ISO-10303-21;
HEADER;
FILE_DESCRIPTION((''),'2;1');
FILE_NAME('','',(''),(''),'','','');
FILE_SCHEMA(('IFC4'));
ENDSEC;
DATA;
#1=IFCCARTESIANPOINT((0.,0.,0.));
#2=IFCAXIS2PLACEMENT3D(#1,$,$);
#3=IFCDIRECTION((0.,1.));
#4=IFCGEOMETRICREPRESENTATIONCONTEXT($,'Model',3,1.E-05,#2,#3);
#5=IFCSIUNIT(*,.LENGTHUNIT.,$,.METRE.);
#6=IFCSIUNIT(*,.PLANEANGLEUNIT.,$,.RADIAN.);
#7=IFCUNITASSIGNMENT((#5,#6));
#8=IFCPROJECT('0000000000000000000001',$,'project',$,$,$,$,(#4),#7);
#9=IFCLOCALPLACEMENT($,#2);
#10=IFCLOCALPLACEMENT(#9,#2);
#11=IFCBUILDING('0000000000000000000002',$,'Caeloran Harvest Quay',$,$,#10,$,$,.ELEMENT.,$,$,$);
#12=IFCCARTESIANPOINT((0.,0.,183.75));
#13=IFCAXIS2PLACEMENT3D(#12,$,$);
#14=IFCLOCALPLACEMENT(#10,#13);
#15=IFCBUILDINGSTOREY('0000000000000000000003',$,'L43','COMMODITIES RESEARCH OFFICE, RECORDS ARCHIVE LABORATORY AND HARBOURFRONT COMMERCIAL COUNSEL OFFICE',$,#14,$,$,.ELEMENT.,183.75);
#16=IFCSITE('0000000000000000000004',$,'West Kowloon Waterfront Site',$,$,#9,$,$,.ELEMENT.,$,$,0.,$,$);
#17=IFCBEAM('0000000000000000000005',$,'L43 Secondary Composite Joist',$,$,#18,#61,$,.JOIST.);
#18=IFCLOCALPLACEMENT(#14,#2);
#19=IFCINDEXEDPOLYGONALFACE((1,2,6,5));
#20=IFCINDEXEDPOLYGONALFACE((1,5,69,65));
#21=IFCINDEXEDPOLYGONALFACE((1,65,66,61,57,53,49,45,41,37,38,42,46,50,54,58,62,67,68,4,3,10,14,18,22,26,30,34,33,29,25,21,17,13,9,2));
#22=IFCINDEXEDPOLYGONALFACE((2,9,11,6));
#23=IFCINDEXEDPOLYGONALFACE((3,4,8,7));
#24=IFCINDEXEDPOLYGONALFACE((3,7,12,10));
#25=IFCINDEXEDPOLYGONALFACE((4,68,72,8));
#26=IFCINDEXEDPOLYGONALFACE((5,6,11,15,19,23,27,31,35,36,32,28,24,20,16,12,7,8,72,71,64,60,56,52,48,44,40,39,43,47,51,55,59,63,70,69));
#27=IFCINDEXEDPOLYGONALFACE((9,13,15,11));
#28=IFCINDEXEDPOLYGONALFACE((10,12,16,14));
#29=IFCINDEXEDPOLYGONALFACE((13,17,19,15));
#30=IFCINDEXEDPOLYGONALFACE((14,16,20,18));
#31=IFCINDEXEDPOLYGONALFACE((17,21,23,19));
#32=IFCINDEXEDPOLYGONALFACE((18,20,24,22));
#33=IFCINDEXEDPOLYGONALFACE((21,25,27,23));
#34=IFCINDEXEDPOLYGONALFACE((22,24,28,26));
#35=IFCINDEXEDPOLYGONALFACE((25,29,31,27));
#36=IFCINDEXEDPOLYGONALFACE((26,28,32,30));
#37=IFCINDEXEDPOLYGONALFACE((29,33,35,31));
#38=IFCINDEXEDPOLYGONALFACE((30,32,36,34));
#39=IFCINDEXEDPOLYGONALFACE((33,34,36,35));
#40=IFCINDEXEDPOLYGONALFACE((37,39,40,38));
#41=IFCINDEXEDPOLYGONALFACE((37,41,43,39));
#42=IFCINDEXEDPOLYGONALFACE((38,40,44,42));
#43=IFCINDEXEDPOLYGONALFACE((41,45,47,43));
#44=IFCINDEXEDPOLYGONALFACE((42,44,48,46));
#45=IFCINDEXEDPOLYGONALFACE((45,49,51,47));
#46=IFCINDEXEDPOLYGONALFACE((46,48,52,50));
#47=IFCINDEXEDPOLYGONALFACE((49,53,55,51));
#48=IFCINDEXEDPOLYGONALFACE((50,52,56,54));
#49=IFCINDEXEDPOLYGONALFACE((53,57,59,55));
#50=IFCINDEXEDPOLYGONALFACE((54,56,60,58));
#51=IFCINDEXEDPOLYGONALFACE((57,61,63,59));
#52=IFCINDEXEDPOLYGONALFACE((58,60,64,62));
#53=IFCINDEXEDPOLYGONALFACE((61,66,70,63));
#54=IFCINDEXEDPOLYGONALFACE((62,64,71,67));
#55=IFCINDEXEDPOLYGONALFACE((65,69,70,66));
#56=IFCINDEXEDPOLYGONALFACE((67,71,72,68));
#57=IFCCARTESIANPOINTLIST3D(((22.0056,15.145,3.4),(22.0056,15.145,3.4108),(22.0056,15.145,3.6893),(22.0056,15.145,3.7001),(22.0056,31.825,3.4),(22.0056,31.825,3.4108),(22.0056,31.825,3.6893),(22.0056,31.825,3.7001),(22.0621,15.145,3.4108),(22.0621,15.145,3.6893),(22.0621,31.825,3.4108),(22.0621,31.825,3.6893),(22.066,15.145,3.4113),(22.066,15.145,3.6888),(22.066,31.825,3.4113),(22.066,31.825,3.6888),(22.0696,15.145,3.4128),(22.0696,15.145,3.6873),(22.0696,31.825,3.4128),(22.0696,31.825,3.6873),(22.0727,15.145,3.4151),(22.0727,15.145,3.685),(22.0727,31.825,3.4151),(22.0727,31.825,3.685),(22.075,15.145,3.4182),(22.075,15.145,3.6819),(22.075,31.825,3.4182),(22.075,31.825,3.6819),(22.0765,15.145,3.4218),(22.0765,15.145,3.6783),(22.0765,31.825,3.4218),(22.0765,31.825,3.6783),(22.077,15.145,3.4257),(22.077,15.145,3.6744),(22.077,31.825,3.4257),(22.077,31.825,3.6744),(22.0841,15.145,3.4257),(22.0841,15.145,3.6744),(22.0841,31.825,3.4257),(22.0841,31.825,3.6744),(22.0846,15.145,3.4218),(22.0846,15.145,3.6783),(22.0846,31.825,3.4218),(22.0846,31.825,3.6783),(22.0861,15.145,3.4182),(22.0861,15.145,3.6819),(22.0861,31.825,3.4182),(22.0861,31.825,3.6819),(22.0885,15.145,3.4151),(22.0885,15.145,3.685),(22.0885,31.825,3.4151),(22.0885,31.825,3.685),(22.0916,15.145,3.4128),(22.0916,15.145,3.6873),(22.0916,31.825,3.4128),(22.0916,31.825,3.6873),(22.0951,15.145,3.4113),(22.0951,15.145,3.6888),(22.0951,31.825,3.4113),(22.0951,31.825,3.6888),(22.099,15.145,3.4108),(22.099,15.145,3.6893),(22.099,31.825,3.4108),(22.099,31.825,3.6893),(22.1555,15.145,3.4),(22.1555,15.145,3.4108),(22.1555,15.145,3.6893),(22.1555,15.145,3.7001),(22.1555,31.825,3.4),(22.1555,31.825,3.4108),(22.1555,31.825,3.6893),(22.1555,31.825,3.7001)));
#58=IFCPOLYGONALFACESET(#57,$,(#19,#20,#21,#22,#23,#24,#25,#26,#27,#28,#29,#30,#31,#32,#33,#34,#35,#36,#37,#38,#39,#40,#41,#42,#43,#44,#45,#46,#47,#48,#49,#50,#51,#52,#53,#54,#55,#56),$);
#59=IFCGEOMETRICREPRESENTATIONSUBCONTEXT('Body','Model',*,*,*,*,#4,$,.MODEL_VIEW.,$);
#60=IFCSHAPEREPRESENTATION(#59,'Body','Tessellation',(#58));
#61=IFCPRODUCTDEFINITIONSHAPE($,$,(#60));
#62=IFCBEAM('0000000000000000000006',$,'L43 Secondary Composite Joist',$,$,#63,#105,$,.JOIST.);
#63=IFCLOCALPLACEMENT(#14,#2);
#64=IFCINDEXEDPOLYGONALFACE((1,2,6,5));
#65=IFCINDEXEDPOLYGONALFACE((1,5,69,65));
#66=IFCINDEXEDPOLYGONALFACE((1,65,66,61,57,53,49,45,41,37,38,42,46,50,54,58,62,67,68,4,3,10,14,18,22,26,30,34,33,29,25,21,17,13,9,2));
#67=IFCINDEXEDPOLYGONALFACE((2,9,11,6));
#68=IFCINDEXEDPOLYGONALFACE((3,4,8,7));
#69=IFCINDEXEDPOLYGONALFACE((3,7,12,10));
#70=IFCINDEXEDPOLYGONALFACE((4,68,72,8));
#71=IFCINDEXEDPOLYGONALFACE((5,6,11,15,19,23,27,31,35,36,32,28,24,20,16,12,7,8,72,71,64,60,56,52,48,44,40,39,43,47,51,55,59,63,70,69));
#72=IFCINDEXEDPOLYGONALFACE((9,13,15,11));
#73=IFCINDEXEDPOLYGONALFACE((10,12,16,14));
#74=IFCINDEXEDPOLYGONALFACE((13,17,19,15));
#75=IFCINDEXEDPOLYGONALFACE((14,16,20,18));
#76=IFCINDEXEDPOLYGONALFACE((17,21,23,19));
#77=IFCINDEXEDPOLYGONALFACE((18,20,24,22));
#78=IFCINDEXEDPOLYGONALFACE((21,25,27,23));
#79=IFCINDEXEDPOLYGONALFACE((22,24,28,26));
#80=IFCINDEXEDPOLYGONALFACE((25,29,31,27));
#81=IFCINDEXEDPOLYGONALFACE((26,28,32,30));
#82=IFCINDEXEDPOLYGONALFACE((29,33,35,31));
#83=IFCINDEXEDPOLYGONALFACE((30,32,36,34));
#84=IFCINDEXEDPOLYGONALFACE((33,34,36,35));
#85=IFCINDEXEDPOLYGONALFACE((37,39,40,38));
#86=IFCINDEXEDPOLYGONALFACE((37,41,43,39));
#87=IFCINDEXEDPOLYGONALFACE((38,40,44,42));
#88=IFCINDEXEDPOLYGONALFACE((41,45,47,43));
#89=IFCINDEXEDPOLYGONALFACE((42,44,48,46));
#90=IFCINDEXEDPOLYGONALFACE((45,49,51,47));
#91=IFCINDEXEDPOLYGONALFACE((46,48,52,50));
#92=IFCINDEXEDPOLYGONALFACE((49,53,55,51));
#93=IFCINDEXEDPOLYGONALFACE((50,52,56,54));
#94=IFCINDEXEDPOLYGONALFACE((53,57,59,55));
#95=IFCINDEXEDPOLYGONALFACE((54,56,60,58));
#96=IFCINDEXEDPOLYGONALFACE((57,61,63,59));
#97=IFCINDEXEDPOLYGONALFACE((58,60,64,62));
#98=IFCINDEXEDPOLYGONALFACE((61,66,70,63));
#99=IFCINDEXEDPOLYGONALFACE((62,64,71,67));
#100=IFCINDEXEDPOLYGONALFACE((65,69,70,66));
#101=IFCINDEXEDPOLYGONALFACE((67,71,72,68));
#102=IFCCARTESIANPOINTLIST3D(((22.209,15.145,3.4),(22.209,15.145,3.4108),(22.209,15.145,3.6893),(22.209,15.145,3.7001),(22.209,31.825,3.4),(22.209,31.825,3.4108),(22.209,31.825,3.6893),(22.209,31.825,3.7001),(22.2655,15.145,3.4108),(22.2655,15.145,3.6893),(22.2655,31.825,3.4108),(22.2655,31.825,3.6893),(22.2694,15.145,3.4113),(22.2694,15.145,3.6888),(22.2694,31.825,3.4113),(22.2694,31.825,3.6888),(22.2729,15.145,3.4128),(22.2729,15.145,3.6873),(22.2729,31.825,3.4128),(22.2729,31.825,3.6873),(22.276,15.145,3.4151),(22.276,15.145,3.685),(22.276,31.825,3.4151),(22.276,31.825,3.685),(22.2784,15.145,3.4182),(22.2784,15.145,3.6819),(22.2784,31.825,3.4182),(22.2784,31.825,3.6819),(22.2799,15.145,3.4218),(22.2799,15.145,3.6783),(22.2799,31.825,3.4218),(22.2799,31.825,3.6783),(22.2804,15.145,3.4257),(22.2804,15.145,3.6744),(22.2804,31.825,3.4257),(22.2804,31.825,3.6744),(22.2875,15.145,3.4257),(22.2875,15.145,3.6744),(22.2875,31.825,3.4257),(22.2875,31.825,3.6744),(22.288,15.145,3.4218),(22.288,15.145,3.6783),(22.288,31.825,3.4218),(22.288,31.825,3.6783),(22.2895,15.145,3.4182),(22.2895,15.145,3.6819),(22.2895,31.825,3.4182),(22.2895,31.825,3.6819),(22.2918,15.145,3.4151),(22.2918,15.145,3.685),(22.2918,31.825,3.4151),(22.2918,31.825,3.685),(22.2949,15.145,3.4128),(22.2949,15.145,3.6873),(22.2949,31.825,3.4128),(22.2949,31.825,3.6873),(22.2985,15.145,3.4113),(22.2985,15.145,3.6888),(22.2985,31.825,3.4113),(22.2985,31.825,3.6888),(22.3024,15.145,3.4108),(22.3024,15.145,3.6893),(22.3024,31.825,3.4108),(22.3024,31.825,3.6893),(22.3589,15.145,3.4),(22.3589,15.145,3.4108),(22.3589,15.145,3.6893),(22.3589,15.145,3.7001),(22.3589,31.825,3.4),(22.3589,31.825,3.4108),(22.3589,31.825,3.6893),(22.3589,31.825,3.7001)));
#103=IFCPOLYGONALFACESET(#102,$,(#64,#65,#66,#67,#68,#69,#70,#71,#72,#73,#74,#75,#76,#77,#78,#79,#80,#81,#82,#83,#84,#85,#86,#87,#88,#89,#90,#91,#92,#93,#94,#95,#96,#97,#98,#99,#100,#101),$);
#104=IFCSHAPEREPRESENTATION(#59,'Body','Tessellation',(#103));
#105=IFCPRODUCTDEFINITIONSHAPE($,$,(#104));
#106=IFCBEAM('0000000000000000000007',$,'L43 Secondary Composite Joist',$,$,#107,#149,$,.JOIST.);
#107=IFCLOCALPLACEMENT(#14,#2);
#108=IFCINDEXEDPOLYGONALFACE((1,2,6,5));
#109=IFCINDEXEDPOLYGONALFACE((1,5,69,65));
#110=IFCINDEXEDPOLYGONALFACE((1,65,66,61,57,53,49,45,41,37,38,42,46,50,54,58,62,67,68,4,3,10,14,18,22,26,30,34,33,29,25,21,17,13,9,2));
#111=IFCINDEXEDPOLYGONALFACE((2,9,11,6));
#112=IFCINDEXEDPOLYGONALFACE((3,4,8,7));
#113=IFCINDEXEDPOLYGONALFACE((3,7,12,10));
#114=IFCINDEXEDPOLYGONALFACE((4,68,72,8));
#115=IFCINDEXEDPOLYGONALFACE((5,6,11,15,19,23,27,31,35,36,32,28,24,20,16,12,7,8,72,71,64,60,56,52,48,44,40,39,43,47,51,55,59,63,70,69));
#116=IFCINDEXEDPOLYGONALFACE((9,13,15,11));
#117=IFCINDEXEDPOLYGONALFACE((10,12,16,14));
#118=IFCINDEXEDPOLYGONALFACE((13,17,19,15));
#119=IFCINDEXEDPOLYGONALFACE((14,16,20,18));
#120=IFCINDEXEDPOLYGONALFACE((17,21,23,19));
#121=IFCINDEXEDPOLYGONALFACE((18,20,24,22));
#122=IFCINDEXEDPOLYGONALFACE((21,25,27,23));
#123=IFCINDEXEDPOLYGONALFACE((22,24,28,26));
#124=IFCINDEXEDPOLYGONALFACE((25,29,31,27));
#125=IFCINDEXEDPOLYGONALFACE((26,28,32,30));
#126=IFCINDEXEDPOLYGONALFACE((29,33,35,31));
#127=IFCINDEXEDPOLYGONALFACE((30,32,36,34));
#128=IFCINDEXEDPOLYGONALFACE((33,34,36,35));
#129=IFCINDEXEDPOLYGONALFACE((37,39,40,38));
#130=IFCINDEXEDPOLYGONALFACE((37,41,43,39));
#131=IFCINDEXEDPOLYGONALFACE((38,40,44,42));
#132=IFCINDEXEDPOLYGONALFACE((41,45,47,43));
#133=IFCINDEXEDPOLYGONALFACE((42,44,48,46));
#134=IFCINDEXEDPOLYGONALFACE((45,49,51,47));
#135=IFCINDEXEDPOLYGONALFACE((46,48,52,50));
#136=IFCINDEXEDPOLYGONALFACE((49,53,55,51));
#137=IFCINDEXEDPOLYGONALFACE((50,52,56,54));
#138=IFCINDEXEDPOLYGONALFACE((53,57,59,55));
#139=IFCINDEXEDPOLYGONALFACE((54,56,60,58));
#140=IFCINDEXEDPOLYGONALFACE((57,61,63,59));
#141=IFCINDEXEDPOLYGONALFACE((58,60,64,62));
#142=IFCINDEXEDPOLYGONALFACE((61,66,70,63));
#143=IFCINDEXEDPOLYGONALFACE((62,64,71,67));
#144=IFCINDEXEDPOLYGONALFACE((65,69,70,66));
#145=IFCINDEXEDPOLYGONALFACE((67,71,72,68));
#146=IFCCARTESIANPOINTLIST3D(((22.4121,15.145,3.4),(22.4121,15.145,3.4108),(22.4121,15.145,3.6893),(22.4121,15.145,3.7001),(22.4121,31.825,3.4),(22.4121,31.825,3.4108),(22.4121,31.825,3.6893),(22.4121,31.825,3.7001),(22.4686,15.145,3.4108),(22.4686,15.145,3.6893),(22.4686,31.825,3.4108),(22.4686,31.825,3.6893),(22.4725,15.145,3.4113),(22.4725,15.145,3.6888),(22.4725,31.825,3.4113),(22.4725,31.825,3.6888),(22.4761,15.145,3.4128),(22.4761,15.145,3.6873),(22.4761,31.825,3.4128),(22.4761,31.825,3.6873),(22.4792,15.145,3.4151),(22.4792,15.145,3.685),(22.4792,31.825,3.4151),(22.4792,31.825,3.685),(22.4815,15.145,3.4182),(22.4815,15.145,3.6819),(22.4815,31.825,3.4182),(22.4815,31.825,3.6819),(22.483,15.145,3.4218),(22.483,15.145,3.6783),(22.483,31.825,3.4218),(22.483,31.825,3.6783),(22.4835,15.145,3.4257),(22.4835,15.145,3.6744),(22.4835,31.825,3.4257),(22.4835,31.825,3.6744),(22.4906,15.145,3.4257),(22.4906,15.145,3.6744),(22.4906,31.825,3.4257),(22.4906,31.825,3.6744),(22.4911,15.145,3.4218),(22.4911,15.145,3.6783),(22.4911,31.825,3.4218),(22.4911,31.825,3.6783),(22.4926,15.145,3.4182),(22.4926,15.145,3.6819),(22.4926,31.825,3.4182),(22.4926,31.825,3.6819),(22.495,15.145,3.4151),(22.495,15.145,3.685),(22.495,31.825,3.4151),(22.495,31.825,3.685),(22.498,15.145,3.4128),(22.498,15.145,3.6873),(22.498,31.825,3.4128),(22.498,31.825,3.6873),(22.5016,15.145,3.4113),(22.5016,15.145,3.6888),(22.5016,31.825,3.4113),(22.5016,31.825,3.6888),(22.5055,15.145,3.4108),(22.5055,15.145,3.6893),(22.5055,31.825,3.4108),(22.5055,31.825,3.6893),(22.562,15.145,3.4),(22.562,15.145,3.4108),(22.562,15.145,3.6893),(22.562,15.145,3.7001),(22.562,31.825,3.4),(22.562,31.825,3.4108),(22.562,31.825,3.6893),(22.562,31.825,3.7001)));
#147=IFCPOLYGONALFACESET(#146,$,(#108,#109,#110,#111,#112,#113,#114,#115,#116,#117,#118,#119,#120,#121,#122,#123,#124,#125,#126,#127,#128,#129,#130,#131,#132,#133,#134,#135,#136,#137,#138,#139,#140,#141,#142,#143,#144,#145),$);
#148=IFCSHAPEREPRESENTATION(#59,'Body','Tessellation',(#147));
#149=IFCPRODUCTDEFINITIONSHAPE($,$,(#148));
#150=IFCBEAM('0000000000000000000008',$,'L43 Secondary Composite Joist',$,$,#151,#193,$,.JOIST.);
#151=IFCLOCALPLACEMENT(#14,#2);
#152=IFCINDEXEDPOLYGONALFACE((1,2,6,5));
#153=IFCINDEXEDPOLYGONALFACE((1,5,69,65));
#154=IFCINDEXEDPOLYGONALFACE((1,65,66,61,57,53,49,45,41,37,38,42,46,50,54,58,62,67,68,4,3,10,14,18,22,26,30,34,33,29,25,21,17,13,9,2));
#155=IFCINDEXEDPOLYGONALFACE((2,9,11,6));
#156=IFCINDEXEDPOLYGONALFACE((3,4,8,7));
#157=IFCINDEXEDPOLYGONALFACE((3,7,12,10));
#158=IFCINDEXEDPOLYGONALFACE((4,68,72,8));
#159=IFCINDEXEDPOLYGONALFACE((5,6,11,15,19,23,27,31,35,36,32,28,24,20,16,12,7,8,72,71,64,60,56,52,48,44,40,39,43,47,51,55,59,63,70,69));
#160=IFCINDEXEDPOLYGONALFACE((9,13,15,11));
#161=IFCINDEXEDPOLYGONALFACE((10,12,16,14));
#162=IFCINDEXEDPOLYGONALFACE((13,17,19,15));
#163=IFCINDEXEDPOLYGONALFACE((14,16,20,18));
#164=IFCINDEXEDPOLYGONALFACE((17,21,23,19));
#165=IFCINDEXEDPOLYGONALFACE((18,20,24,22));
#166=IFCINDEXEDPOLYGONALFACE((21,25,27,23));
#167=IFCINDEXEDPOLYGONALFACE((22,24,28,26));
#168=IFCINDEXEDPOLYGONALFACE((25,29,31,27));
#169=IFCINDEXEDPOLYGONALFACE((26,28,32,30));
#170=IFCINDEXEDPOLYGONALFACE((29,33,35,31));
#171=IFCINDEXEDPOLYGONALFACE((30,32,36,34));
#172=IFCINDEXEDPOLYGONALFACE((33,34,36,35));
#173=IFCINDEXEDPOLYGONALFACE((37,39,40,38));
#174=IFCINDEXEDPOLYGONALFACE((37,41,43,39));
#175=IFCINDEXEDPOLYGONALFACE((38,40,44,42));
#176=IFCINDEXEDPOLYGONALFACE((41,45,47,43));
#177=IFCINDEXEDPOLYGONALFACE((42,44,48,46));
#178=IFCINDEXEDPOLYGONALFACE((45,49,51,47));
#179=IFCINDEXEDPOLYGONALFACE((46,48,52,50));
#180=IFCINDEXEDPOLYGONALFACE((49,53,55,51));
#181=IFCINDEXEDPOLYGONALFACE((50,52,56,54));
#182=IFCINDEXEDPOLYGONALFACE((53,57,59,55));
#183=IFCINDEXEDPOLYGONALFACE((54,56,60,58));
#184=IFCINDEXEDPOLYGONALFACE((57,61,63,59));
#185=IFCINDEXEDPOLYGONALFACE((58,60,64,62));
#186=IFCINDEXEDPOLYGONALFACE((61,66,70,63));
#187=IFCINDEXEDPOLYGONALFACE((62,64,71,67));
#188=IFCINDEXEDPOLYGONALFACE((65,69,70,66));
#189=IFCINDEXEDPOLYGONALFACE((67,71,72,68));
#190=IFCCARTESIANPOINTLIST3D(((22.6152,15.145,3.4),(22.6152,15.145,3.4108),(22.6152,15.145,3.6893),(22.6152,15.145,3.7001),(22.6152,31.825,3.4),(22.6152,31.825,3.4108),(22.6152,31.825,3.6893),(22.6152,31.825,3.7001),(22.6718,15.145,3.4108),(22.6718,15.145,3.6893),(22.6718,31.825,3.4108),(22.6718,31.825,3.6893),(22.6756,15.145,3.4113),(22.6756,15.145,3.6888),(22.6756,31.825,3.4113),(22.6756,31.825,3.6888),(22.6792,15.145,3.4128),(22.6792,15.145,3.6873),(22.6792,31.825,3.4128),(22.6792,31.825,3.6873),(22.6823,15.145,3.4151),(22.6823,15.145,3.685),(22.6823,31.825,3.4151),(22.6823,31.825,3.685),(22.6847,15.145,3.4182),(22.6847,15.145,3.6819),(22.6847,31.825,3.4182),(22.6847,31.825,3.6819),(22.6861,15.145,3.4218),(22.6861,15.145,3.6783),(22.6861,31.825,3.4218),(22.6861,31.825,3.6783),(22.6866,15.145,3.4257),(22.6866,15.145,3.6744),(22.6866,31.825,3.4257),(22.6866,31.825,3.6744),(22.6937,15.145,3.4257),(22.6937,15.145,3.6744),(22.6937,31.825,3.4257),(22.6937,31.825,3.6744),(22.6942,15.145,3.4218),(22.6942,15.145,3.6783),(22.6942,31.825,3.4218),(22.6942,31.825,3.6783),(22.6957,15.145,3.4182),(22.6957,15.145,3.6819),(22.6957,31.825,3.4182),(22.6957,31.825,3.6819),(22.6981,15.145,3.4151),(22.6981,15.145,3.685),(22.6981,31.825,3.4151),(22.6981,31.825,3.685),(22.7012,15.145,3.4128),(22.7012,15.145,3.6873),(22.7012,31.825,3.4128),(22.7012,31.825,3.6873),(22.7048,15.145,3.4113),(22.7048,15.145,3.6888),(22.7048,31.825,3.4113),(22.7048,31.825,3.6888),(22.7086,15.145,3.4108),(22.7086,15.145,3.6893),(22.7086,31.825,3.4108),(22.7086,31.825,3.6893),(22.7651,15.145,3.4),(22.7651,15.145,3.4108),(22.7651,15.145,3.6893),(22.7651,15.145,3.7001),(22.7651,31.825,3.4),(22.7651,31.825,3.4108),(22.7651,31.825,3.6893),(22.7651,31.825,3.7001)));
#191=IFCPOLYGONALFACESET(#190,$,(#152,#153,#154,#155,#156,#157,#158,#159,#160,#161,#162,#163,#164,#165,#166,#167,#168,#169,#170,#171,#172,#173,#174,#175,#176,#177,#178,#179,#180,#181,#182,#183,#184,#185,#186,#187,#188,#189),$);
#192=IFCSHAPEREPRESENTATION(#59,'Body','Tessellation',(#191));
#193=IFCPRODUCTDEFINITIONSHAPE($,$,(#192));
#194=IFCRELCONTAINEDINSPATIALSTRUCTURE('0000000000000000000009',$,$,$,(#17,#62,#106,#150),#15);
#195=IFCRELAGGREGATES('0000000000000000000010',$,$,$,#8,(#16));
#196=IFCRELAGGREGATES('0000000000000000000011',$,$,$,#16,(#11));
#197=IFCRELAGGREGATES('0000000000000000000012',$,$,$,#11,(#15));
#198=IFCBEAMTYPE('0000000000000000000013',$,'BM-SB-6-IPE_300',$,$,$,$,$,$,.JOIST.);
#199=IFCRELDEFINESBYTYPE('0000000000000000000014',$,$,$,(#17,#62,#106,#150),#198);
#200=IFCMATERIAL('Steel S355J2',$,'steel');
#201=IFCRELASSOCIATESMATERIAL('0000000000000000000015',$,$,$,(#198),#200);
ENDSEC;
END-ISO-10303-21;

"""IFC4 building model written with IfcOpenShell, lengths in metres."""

from ifc_helpers import new_model, si_unit, direction, frame, origin, origin_2d, place, context, subcontext, project, spatial, i_section, extrude, material, material_profile, profile_set, type_object, element, save


model = new_model("IFC4")

# Units and contexts
model_context = context("Model", 3, precision=1e-05, world=origin(), true_north=direction((0.0, 1.0)))
body_context = subcontext(model_context, "Body", "Model", "MODEL_VIEW")
ifc_project = project(units=[si_unit("LENGTHUNIT", "METRE"), si_unit("PLANEANGLEUNIT", "RADIAN")], contexts=[model_context])

# Site, building, storey
site_placement = place(None, origin())
site = spatial("IfcSite", under=ifc_project, at=site_placement, Name="West Kowloon Waterfront Site", CompositionType="ELEMENT", RefElevation=0.0)
building_placement = place(site_placement, origin())
building = spatial("IfcBuilding", under=site, at=building_placement, Name="Caeloran Harvest Quay", CompositionType="ELEMENT")
storey_placement = place(building_placement, frame((0.0, 0.0, 183.75)))
storey = spatial("IfcBuildingStorey", under=building, at=storey_placement, Name="L43", Description="COMMODITIES RESEARCH OFFICE, RECORDS ARCHIVE LABORATORY AND HARBOURFRONT COMMERCIAL COUNSEL OFFICE", CompositionType="ELEMENT", Elevation=183.75)

# Beams
ifc_material_1 = material(Name="Steel S355J2", Category="steel")
ifc_material_profile_1 = material_profile(ifc_material_1, i_section(OverallWidth=0.1499, OverallDepth=0.3, WebThickness=0.0071, FlangeThickness=0.0107, FilletRadius=0.0149, at=origin_2d()), Name="IPE 300")
ifc_profile_set_1 = profile_set([ifc_material_profile_1], Name="Steel S355J2")
beam_type_1 = type_object("IfcBeamType", Name="BM-SB-6-IPE_300", PredefinedType="JOIST", material=ifc_profile_set_1)
for number, where, z_axis, x_axis, name in (
    (1, (22.0806, 15.145, 3.55), (0.0, 1.0, 0.0), (-1.0, 0.0, 0.0), "L43 Secondary Composite Joist"),
    (2, (22.2839, 15.145, 3.55), (0.0, 1.0, 0.0), (-1.0, 0.0, 0.0), "L43 Secondary Composite Joist"),
    (3, (22.4871, 15.145, 3.55), (0.0, 1.0, 0.0), (-1.0, 0.0, 0.0), "L43 Secondary Composite Joist"),
    (4, (22.6902, 15.145, 3.55), (0.0, 1.0, 0.0), (-1.0, 0.0, 0.0), "L43 Secondary Composite Joist"),
):
    element("IfcBeam", number, at=place(storey_placement, frame(where, z_axis=z_axis, x_axis=x_axis)), inside=storey, type_object=beam_type_1, Name=name, PredefinedType="JOIST", context=body_context, shape_type="SweptSolid", body=[
        extrude(i_section(OverallWidth=0.1499, OverallDepth=0.3, WebThickness=0.0071, FlangeThickness=0.0107, FilletRadius=0.0149, at=origin_2d()), origin(), (0.0, 0.0, 1.0), 16.6799),
    ])

save(model, "model.ifc")
